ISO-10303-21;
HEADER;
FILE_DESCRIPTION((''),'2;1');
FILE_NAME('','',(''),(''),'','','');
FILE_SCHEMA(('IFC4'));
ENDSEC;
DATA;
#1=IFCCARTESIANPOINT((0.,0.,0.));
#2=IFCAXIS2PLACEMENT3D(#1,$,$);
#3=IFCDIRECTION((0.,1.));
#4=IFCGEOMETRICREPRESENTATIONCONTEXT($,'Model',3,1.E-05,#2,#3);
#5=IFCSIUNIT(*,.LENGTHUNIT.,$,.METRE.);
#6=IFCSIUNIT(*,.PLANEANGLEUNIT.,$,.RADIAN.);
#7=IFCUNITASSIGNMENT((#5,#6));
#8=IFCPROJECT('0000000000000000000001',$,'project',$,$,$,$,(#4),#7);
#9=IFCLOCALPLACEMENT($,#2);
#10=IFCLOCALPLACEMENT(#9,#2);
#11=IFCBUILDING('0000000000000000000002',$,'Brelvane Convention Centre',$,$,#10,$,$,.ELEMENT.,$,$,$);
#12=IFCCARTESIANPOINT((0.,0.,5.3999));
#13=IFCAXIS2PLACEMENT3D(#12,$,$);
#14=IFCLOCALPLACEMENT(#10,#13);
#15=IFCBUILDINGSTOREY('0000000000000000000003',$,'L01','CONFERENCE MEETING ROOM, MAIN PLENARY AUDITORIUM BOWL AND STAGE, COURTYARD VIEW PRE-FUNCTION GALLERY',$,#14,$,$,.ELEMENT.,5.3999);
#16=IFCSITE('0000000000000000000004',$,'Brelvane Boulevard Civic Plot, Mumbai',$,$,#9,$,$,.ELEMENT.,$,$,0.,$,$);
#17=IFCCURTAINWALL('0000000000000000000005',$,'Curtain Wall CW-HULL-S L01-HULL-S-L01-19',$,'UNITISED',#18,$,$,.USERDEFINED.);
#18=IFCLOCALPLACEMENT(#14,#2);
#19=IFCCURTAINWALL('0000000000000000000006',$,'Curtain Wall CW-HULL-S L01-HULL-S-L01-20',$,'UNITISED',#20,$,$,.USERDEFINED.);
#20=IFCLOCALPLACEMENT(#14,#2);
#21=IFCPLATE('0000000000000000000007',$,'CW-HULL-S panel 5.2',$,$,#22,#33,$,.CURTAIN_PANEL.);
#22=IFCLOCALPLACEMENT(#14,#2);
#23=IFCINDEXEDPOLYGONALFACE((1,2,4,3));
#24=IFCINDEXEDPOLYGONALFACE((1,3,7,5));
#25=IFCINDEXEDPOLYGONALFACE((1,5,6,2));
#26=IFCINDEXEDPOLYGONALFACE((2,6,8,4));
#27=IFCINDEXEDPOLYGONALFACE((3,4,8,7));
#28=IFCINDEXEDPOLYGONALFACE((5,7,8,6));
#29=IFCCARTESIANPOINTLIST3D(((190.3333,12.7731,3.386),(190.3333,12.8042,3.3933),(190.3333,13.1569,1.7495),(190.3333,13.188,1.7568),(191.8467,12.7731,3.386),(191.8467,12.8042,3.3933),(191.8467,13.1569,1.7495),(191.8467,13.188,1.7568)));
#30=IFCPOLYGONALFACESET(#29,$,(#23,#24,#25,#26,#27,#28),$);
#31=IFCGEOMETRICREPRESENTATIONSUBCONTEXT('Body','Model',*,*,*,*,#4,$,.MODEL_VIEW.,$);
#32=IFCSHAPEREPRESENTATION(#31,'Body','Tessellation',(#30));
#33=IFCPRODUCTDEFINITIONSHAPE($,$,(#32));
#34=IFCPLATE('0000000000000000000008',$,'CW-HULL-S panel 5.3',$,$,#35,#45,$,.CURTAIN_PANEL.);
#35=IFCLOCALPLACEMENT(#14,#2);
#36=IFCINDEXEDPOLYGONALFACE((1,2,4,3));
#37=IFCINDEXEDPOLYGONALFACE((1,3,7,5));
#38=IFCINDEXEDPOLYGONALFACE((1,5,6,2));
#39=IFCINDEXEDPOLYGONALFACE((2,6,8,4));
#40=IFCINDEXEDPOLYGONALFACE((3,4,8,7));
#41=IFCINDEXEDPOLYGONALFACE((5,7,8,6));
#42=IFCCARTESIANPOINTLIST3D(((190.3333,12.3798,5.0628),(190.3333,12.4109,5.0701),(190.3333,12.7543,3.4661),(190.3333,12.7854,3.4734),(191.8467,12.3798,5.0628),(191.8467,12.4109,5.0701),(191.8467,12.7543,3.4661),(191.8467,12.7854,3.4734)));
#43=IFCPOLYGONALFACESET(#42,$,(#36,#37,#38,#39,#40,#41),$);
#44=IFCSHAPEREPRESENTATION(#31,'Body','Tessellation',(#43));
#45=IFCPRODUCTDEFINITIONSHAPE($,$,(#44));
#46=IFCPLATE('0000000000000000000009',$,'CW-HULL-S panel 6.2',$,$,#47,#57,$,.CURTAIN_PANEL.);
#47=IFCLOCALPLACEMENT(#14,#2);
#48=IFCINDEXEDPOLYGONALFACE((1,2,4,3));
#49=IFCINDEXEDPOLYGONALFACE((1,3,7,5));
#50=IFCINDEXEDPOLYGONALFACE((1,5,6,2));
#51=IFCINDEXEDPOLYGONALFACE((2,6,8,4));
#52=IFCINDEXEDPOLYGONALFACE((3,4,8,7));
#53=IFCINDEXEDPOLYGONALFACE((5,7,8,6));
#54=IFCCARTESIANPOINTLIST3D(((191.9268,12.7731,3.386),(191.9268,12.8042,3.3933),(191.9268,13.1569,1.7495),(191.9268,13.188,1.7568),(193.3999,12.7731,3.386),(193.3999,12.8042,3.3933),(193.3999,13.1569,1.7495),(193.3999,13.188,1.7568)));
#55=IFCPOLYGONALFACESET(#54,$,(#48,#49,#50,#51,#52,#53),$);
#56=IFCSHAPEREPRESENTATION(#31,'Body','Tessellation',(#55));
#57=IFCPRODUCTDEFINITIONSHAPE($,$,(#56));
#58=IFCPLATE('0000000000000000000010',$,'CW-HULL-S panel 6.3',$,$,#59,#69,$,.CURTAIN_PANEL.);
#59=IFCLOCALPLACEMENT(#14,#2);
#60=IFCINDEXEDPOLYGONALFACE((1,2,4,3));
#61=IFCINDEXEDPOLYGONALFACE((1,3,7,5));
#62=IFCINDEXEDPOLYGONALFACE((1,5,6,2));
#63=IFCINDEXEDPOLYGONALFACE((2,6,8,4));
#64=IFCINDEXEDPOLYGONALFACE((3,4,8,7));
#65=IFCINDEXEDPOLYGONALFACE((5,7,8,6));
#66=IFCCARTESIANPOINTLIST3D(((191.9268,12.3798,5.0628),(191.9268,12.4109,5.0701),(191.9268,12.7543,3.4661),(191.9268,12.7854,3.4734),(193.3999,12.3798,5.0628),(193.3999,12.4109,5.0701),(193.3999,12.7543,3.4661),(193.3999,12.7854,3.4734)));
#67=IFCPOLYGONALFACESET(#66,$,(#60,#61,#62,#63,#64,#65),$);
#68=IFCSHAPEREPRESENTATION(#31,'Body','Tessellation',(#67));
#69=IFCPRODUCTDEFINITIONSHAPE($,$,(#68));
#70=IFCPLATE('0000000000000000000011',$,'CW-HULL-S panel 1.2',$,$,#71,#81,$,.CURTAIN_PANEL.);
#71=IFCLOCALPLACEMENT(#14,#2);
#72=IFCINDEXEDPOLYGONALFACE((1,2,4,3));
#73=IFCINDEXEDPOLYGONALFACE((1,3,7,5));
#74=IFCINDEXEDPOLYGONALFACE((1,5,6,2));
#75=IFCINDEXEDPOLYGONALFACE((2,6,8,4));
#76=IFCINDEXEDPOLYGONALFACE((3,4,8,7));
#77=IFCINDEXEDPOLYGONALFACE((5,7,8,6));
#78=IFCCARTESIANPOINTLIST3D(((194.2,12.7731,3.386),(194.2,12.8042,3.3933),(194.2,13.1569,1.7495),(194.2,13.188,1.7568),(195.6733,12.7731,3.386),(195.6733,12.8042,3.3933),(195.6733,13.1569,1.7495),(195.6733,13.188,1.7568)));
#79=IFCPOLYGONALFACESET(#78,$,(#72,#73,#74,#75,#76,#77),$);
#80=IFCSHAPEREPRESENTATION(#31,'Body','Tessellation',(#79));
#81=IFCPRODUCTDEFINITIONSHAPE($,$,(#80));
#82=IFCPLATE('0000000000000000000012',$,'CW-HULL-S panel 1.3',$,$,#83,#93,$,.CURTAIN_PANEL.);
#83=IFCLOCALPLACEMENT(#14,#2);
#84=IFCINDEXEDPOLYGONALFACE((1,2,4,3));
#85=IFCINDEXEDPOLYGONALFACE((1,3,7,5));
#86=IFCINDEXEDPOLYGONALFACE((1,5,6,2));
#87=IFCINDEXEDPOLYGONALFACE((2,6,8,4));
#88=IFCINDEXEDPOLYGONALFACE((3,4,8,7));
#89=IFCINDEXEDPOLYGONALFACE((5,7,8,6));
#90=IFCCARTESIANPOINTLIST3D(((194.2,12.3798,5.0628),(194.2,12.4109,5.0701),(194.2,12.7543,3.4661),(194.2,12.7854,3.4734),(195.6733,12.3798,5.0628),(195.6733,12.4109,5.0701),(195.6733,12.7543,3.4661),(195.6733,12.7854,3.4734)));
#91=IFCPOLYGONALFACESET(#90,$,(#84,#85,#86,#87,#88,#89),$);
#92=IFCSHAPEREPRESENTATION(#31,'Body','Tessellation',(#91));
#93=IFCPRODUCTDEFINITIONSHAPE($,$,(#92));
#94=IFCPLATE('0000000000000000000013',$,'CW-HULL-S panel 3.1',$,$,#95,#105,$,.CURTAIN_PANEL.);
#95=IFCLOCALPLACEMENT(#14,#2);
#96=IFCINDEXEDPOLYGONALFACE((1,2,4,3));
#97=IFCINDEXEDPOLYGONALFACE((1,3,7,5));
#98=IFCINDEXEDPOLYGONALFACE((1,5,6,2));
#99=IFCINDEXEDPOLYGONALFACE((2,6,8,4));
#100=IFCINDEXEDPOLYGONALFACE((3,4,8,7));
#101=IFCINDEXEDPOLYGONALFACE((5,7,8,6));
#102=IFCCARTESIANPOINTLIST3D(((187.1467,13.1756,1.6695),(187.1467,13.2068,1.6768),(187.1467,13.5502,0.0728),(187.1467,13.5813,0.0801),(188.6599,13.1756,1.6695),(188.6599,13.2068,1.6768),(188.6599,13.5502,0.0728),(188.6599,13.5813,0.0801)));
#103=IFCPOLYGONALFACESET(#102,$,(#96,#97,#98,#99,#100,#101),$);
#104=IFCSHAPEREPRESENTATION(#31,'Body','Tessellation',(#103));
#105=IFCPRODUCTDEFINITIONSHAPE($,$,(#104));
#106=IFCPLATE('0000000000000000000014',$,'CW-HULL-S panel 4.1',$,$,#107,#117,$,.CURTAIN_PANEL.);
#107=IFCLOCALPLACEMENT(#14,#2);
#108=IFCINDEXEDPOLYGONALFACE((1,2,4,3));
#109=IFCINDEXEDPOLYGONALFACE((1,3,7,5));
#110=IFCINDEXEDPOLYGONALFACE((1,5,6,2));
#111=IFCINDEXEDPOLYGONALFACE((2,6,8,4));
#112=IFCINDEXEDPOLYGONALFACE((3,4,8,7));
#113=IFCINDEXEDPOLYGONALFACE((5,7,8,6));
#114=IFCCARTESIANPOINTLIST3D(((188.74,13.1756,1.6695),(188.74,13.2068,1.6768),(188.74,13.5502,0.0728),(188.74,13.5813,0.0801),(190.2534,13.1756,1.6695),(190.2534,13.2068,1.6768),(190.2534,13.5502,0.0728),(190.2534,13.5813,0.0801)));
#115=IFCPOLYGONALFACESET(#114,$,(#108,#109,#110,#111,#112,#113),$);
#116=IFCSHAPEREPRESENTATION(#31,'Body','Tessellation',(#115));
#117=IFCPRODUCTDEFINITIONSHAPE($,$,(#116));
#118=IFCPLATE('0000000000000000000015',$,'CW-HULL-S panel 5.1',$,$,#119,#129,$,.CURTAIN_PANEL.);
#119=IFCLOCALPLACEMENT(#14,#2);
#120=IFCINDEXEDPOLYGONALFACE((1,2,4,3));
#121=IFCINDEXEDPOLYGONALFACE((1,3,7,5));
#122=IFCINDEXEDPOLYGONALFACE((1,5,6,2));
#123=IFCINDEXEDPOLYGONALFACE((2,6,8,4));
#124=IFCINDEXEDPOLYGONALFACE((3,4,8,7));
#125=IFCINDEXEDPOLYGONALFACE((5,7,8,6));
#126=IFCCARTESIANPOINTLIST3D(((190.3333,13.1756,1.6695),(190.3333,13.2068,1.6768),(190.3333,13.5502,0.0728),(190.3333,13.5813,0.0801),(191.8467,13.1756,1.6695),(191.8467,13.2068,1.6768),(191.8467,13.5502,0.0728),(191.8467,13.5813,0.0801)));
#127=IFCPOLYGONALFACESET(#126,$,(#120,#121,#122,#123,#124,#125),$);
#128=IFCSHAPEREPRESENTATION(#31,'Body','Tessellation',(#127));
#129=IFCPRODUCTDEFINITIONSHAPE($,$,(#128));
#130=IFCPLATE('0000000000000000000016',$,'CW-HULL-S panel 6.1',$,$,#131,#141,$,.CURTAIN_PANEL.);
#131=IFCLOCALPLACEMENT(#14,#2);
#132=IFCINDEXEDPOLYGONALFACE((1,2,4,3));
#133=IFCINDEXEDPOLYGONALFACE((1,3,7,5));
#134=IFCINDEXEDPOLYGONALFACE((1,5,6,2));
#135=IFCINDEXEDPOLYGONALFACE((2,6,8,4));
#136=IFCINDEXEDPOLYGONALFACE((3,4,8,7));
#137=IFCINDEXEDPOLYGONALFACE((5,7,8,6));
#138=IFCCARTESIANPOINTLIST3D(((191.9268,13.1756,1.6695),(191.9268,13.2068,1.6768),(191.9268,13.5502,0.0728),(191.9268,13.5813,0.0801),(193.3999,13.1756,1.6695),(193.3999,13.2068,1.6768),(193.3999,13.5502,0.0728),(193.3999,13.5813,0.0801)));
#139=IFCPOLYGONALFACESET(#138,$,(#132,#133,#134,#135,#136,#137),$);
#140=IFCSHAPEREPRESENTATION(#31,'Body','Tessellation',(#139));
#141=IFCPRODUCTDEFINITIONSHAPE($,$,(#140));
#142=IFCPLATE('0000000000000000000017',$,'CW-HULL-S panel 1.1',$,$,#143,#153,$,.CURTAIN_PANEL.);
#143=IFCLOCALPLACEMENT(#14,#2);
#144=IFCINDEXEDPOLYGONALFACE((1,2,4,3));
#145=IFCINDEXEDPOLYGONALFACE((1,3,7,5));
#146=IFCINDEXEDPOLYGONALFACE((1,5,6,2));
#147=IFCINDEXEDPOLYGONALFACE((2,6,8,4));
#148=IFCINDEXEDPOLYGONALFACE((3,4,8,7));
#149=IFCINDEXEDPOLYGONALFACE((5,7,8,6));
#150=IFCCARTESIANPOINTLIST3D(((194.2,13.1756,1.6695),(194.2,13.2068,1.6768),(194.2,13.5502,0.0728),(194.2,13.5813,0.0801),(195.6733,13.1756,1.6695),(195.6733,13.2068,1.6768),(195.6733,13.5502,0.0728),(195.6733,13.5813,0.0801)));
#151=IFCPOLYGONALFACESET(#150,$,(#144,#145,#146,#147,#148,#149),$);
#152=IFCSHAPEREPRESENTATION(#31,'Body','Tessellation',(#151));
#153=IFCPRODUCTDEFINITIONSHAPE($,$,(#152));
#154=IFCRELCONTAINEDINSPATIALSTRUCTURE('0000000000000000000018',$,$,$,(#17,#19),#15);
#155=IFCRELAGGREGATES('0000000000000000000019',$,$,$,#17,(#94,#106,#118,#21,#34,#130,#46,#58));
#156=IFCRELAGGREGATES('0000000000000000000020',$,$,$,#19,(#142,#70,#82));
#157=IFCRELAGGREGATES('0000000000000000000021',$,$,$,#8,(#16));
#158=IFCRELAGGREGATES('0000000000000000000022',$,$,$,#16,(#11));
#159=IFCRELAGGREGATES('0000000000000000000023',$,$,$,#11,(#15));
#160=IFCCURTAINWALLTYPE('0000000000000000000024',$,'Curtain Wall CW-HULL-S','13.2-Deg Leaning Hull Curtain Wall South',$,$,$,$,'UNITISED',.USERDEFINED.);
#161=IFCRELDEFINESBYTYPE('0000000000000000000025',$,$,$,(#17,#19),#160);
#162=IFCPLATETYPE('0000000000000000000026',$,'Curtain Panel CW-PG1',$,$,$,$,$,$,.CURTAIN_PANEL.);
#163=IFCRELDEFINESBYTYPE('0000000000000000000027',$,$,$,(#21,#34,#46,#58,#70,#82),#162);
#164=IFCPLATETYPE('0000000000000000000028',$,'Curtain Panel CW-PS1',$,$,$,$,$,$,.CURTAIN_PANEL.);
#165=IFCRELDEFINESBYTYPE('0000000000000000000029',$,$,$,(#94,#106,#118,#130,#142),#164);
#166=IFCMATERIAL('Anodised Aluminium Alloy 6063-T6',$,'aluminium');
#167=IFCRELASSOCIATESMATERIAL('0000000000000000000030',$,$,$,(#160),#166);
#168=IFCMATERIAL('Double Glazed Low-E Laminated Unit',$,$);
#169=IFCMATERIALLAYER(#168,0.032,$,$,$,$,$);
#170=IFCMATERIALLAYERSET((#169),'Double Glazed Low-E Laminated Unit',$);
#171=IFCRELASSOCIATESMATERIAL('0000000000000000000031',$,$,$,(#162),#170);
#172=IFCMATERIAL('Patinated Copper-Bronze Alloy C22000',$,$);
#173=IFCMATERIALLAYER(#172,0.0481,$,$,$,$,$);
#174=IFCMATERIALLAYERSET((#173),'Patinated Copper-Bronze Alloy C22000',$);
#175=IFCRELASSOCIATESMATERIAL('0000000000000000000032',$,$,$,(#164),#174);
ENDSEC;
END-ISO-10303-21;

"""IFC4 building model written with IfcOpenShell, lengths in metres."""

from ifc_helpers import new_model, si_unit, direction, frame, origin, place, context, subcontext, project, spatial, polyline, outline, extrude, material, layer, layer_set, type_object, element, aggregate, save


model = new_model("IFC4")

# Units and contexts
model_context = context("Model", 3, precision=1e-05, world=origin(), true_north=direction((0.0, 1.0)))
body_context = subcontext(model_context, "Body", "Model", "MODEL_VIEW")
ifc_project = project(units=[si_unit("LENGTHUNIT", "METRE"), si_unit("PLANEANGLEUNIT", "RADIAN")], contexts=[model_context])

# Site, building, storey
site_placement = place(None, origin())
site = spatial("IfcSite", under=ifc_project, at=site_placement, Name="Brelvane Boulevard Civic Plot, Mumbai", CompositionType="ELEMENT", RefElevation=0.0)
building_placement = place(site_placement, origin())
building = spatial("IfcBuilding", under=site, at=building_placement, Name="Brelvane Convention Centre", CompositionType="ELEMENT")
storey_placement = place(building_placement, frame((0.0, 0.0, 5.3999)))
storey = spatial("IfcBuildingStorey", under=building, at=storey_placement, Name="L01", Description="CONFERENCE MEETING ROOM, MAIN PLENARY AUDITORIUM BOWL AND STAGE, COURTYARD VIEW PRE-FUNCTION GALLERY", CompositionType="ELEMENT", Elevation=5.3999)

# Curtain walls
ifc_material_1 = material(Name="Anodised Aluminium Alloy 6063-T6", Category="aluminium")
curtain_wall_type = type_object("IfcCurtainWallType", Name="Curtain Wall CW-HULL-S", Description="13.2-Deg Leaning Hull Curtain Wall South", ElementType="UNITISED", PredefinedType="USERDEFINED", material=ifc_material_1)
curtain_wall_1_placement = place(storey_placement, origin())
curtain_wall_1 = element("IfcCurtainWall", 1, at=curtain_wall_1_placement, inside=storey, type_object=curtain_wall_type, Name="Curtain Wall CW-HULL-S L01-HULL-S-L01-19", ObjectType="UNITISED", PredefinedType="USERDEFINED")
curtain_wall_2_placement = place(storey_placement, origin())
curtain_wall_2 = element("IfcCurtainWall", 2, at=curtain_wall_2_placement, inside=storey, type_object=curtain_wall_type, Name="Curtain Wall CW-HULL-S L01-HULL-S-L01-20", ObjectType="UNITISED", PredefinedType="USERDEFINED")

# Plates
ifc_material_2 = material(Name="Double Glazed Low-E Laminated Unit")
ifc_layer_1 = layer(ifc_material_2, 0.032)
ifc_layer_set_1 = layer_set([ifc_layer_1], Name="Double Glazed Low-E Laminated Unit")
plate_type_1 = type_object("IfcPlateType", Name="Curtain Panel CW-PG1", PredefinedType="CURTAIN_PANEL", material=ifc_layer_set_1)
plate_1_placement = place(storey_placement, frame((190.3333, 13.188, 1.7568), z_axis=(0.0, 0.973585, 0.228327), x_axis=(1.0, 0.0, 0.0)))
plate_1 = element("IfcPlate", 3, at=plate_1_placement, type_object=plate_type_1, Name="CW-HULL-S panel 5.2", PredefinedType="CURTAIN_PANEL", context=body_context, shape_type="SweptSolid", body=[
    extrude(outline(polyline([(0.0, 0.0), (1.5134, 0.0), (1.5134, -1.6809), (0.0, -1.6809), (0.0, 0.0)])), origin(), (0.0, 0.0, -1.0), 0.032),
])
plate_2_placement = place(storey_placement, frame((190.3333, 12.7854, 3.4734), z_axis=(0.0, 0.973577, 0.228359), x_axis=(1.0, 0.0, 0.0)))
plate_2 = element("IfcPlate", 4, at=plate_2_placement, type_object=plate_type_1, Name="CW-HULL-S panel 5.3", PredefinedType="CURTAIN_PANEL", context=body_context, shape_type="SweptSolid", body=[
    extrude(outline(polyline([(0.0, 0.0), (1.5134, 0.0), (1.5134, -1.64), (0.0, -1.64), (0.0, 0.0)])), origin(), (0.0, 0.0, -1.0), 0.032),
])
plate_3_placement = place(storey_placement, frame((191.9268, 13.188, 1.7568), z_axis=(0.0, 0.973585, 0.228327), x_axis=(1.0, 0.0, 0.0)))
plate_3 = element("IfcPlate", 5, at=plate_3_placement, type_object=plate_type_1, Name="CW-HULL-S panel 6.2", PredefinedType="CURTAIN_PANEL", context=body_context, shape_type="SweptSolid", body=[
    extrude(outline(polyline([(0.0, 0.0), (1.4731, 0.0), (1.4731, -1.6809), (0.0, -1.6809), (0.0, 0.0)])), origin(), (0.0, 0.0, -1.0), 0.032),
])
plate_4_placement = place(storey_placement, frame((191.9268, 12.7854, 3.4734), z_axis=(0.0, 0.973577, 0.228359), x_axis=(1.0, 0.0, 0.0)))
plate_4 = element("IfcPlate", 6, at=plate_4_placement, type_object=plate_type_1, Name="CW-HULL-S panel 6.3", PredefinedType="CURTAIN_PANEL", context=body_context, shape_type="SweptSolid", body=[
    extrude(outline(polyline([(0.0, 0.0), (1.4731, 0.0), (1.4731, -1.64), (0.0, -1.64), (0.0, 0.0)])), origin(), (0.0, 0.0, -1.0), 0.032),
])
plate_5_placement = place(storey_placement, frame((194.2, 13.188, 1.7568), z_axis=(0.0, 0.973585, 0.228327), x_axis=(1.0, 0.0, 0.0)))
plate_5 = element("IfcPlate", 7, at=plate_5_placement, type_object=plate_type_1, Name="CW-HULL-S panel 1.2", PredefinedType="CURTAIN_PANEL", context=body_context, shape_type="SweptSolid", body=[
    extrude(outline(polyline([(0.0, 0.0), (1.4734, 0.0), (1.4734, -1.6809), (0.0, -1.6809), (0.0, 0.0)])), origin(), (0.0, 0.0, -1.0), 0.032),
])
plate_6_placement = place(storey_placement, frame((194.2, 12.7854, 3.4734), z_axis=(0.0, 0.973577, 0.228359), x_axis=(1.0, 0.0, 0.0)))
plate_6 = element("IfcPlate", 8, at=plate_6_placement, type_object=plate_type_1, Name="CW-HULL-S panel 1.3", PredefinedType="CURTAIN_PANEL", context=body_context, shape_type="SweptSolid", body=[
    extrude(outline(polyline([(0.0, 0.0), (1.4734, 0.0), (1.4734, -1.64), (0.0, -1.64), (0.0, 0.0)])), origin(), (0.0, 0.0, -1.0), 0.032),
])
ifc_material_3 = material(Name="Patinated Copper-Bronze Alloy C22000")
ifc_layer_2 = layer(ifc_material_3, 0.0481)
ifc_layer_set_2 = layer_set([ifc_layer_2], Name="Patinated Copper-Bronze Alloy C22000")
plate_type_2 = type_object("IfcPlateType", Name="Curtain Panel CW-PS1", PredefinedType="CURTAIN_PANEL", material=ifc_layer_set_2)
plate_7_placement = place(storey_placement, frame((187.1467, 13.5813, 0.0801), z_axis=(0.0, 0.973577, 0.228359), x_axis=(1.0, 0.0, 0.0)))
plate_7 = element("IfcPlate", 9, at=plate_7_placement, type_object=plate_type_2, Name="CW-HULL-S panel 3.1", PredefinedType="CURTAIN_PANEL", context=body_context, shape_type="SweptSolid", body=[
    extrude(outline(polyline([(0.0, 0.0), (1.5132, 0.0), (1.5132, -1.64), (0.0, -1.64), (0.0, 0.0)])), origin(), (0.0, 0.0, -1.0), 0.032),
])
plate_8_placement = place(storey_placement, frame((188.74, 13.5813, 0.0801), z_axis=(0.0, 0.973577, 0.228359), x_axis=(1.0, 0.0, 0.0)))
plate_8 = element("IfcPlate", 10, at=plate_8_placement, type_object=plate_type_2, Name="CW-HULL-S panel 4.1", PredefinedType="CURTAIN_PANEL", context=body_context, shape_type="SweptSolid", body=[
    extrude(outline(polyline([(0.0, 0.0), (1.5134, 0.0), (1.5134, -1.64), (0.0, -1.64), (0.0, 0.0)])), origin(), (0.0, 0.0, -1.0), 0.032),
])
plate_9_placement = place(storey_placement, frame((190.3333, 13.5813, 0.0801), z_axis=(0.0, 0.973577, 0.228359), x_axis=(1.0, 0.0, 0.0)))
plate_9 = element("IfcPlate", 11, at=plate_9_placement, type_object=plate_type_2, Name="CW-HULL-S panel 5.1", PredefinedType="CURTAIN_PANEL", context=body_context, shape_type="SweptSolid", body=[
    extrude(outline(polyline([(0.0, 0.0), (1.5134, 0.0), (1.5134, -1.64), (0.0, -1.64), (0.0, 0.0)])), origin(), (0.0, 0.0, -1.0), 0.032),
])
plate_10_placement = place(storey_placement, frame((191.9268, 13.5813, 0.0801), z_axis=(0.0, 0.973577, 0.228359), x_axis=(1.0, 0.0, 0.0)))
plate_10 = element("IfcPlate", 12, at=plate_10_placement, type_object=plate_type_2, Name="CW-HULL-S panel 6.1", PredefinedType="CURTAIN_PANEL", context=body_context, shape_type="SweptSolid", body=[
    extrude(outline(polyline([(0.0, 0.0), (1.4731, 0.0), (1.4731, -1.64), (0.0, -1.64), (0.0, 0.0)])), origin(), (0.0, 0.0, -1.0), 0.032),
])
aggregate(curtain_wall_1, [plate_7, plate_8, plate_9, plate_1, plate_2, plate_10, plate_3, plate_4])
plate_11_placement = place(storey_placement, frame((194.2, 13.5813, 0.0801), z_axis=(0.0, 0.973577, 0.228359), x_axis=(1.0, 0.0, 0.0)))
plate_11 = element("IfcPlate", 13, at=plate_11_placement, type_object=plate_type_2, Name="CW-HULL-S panel 1.1", PredefinedType="CURTAIN_PANEL", context=body_context, shape_type="SweptSolid", body=[
    extrude(outline(polyline([(0.0, 0.0), (1.4734, 0.0), (1.4734, -1.64), (0.0, -1.64), (0.0, 0.0)])), origin(), (0.0, 0.0, -1.0), 0.032),
])
aggregate(curtain_wall_2, [plate_11, plate_5, plate_6])

save(model, "model.ifc")
